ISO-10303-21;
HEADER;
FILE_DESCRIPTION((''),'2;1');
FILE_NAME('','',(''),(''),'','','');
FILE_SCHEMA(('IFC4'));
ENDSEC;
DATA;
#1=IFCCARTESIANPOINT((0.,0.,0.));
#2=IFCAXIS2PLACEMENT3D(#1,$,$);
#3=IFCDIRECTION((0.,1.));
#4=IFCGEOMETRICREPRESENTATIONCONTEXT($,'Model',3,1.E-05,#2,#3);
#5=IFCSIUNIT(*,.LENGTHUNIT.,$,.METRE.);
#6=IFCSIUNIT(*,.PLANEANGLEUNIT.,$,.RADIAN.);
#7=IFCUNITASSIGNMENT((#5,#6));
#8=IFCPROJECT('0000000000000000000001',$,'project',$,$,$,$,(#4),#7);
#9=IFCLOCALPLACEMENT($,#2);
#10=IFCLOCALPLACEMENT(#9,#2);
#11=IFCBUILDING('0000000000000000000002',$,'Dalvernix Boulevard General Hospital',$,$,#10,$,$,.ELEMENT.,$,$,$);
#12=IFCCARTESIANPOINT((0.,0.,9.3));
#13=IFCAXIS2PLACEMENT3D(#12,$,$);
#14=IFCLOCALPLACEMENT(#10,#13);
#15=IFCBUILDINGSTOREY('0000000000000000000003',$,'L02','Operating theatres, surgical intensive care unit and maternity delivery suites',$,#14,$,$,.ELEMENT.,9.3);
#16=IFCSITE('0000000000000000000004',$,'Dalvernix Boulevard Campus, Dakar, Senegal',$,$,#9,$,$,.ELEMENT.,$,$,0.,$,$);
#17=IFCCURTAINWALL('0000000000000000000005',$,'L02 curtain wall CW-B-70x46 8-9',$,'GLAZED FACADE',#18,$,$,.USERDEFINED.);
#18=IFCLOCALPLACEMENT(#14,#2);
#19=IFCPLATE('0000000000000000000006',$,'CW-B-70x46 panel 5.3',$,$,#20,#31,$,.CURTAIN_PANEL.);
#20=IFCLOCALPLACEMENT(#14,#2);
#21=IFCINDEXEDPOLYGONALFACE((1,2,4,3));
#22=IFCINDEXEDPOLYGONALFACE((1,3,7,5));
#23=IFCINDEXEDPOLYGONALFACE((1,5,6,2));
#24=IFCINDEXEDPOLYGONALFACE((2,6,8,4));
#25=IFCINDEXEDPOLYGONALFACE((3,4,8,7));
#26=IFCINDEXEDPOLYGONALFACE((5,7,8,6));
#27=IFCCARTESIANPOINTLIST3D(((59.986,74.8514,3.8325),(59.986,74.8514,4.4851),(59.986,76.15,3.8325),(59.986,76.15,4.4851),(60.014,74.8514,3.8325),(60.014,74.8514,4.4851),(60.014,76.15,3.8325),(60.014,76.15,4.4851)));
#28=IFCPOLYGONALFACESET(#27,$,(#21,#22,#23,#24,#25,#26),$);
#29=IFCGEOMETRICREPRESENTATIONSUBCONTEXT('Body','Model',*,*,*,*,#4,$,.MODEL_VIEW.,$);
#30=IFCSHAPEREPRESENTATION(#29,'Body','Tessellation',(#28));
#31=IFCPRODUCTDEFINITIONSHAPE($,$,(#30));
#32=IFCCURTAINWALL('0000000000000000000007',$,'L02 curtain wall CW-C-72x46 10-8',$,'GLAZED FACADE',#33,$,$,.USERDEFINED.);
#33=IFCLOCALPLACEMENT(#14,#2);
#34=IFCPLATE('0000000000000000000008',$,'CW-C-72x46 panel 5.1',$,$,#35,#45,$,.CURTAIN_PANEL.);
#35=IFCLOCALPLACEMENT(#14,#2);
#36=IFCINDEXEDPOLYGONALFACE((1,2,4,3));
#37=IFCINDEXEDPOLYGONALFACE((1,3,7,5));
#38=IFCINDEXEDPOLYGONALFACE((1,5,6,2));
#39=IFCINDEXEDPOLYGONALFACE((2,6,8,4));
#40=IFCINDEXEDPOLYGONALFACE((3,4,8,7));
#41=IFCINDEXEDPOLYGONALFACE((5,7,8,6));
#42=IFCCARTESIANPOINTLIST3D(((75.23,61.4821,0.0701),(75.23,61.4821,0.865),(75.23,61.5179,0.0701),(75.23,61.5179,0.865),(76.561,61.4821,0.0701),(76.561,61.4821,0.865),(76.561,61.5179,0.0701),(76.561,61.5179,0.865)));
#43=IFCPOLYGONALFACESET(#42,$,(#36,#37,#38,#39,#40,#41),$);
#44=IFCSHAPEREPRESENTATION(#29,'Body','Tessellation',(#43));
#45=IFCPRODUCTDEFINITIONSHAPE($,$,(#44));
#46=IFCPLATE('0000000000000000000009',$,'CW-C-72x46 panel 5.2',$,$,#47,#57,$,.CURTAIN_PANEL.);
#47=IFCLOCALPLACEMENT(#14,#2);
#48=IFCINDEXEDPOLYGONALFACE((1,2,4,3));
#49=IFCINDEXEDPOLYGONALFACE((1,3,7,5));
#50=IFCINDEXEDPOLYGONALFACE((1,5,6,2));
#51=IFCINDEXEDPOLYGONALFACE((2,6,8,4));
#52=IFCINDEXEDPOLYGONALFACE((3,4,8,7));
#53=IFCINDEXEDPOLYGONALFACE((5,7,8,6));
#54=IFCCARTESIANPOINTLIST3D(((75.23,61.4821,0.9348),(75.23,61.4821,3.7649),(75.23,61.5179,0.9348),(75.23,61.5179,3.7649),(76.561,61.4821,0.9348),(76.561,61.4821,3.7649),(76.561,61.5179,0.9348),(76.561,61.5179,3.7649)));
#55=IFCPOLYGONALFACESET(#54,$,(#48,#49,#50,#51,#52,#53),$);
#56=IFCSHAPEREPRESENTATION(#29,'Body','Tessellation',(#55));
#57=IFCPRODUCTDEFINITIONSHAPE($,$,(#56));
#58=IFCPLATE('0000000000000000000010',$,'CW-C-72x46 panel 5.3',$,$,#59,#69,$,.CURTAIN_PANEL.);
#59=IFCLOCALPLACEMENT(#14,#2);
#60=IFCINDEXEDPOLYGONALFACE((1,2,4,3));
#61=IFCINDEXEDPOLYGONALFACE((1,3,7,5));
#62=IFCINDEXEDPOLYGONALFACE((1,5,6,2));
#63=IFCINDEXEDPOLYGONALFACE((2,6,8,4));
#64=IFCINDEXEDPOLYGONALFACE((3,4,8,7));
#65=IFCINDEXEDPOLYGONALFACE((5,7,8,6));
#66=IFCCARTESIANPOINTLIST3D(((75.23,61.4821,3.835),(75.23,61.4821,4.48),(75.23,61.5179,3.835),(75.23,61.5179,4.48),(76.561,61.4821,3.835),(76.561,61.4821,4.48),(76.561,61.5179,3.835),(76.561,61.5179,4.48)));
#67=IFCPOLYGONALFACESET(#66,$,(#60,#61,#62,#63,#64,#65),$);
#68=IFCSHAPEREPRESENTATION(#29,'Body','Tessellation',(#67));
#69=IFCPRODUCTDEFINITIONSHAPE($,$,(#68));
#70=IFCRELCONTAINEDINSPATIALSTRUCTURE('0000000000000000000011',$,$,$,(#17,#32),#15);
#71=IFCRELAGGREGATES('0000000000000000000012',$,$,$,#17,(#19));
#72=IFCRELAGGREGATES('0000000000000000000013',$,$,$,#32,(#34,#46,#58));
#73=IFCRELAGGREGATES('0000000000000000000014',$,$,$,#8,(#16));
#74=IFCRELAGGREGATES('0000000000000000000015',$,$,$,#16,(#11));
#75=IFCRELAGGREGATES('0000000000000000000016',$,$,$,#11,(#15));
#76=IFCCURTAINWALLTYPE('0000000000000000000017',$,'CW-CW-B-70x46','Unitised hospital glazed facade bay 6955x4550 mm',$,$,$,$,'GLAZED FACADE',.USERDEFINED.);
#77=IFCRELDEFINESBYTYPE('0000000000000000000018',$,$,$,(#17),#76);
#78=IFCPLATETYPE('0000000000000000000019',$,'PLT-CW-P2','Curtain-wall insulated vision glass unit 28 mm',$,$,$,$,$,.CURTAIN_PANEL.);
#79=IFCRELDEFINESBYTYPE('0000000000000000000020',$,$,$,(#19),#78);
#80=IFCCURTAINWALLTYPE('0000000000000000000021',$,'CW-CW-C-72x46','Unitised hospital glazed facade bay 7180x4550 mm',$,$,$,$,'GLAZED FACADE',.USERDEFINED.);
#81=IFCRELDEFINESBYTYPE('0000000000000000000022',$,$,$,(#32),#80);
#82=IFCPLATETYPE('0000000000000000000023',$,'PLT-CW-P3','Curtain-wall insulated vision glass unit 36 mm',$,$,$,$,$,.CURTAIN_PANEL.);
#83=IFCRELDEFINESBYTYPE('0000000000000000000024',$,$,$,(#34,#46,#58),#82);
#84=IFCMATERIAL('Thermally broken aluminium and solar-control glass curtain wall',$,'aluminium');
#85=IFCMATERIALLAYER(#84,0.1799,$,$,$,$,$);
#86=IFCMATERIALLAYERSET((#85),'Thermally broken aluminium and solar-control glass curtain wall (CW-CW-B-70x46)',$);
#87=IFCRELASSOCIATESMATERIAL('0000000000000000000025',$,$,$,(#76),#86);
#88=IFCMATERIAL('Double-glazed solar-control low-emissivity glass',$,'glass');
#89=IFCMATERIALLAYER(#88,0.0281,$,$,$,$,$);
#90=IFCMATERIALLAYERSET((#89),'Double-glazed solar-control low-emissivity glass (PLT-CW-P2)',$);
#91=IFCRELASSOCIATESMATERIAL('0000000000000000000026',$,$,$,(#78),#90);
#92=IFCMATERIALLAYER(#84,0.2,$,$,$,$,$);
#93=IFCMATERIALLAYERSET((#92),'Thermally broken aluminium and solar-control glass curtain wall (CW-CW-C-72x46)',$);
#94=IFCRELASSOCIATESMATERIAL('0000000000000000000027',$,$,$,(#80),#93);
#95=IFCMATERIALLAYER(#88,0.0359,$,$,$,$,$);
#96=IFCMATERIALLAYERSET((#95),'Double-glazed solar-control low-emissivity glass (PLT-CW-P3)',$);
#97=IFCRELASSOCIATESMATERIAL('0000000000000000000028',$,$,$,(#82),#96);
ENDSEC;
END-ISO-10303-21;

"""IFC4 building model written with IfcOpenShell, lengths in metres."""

from ifc_helpers import new_model, si_unit, direction, frame, origin, origin_2d, place, context, subcontext, project, spatial, rectangle, extrude, material, layer, layer_set, type_object, element, aggregate, save


model = new_model("IFC4")

# Units and contexts
model_context = context("Model", 3, precision=1e-05, world=origin(), true_north=direction((0.0, 1.0)))
body_context = subcontext(model_context, "Body", "Model", "MODEL_VIEW")
ifc_project = project(units=[si_unit("LENGTHUNIT", "METRE"), si_unit("PLANEANGLEUNIT", "RADIAN")], contexts=[model_context])

# Site, building, storey
site_placement = place(None, origin())
site = spatial("IfcSite", under=ifc_project, at=site_placement, Name="Dalvernix Boulevard Campus, Dakar, Senegal", CompositionType="ELEMENT", RefElevation=0.0)
building_placement = place(site_placement, origin())
building = spatial("IfcBuilding", under=site, at=building_placement, Name="Dalvernix Boulevard General Hospital", CompositionType="ELEMENT")
storey_placement = place(building_placement, frame((0.0, 0.0, 9.3)))
storey = spatial("IfcBuildingStorey", under=building, at=storey_placement, Name="L02", Description="Operating theatres, surgical intensive care unit and maternity delivery suites", CompositionType="ELEMENT", Elevation=9.3)

# Curtain wall
ifc_material_1 = material(Name="Thermally broken aluminium and solar-control glass curtain wall", Category="aluminium")
ifc_layer_1 = layer(ifc_material_1, 0.1799)
ifc_layer_set_1 = layer_set([ifc_layer_1], Name="Thermally broken aluminium and solar-control glass curtain wall (CW-CW-B-70x46)")
curtain_wall_type_1 = type_object("IfcCurtainWallType", Name="CW-CW-B-70x46", Description="Unitised hospital glazed facade bay 6955x4550 mm", ElementType="GLAZED FACADE", PredefinedType="USERDEFINED", material=ifc_layer_set_1)
curtain_wall_1_placement = place(storey_placement, origin())
curtain_wall_1 = element("IfcCurtainWall", 1, at=curtain_wall_1_placement, inside=storey, type_object=curtain_wall_type_1, Name="L02 curtain wall CW-B-70x46 8-9", ObjectType="GLAZED FACADE", PredefinedType="USERDEFINED")

# Plate
ifc_material_2 = material(Name="Double-glazed solar-control low-emissivity glass", Category="glass")
ifc_layer_2 = layer(ifc_material_2, 0.0281)
ifc_layer_set_2 = layer_set([ifc_layer_2], Name="Double-glazed solar-control low-emissivity glass (PLT-CW-P2)")
plate_type_1 = type_object("IfcPlateType", Name="PLT-CW-P2", Description="Curtain-wall insulated vision glass unit 28 mm", PredefinedType="CURTAIN_PANEL", material=ifc_layer_set_2)
plate_1_placement = place(storey_placement, frame((60.0, 75.5007, 3.8325), z_axis=(0.0, 0.0, 1.0), x_axis=(0.0, 1.0, 0.0)))
plate_1 = element("IfcPlate", 2, at=plate_1_placement, type_object=plate_type_1, Name="CW-B-70x46 panel 5.3", PredefinedType="CURTAIN_PANEL", context=body_context, shape_type="SweptSolid", body=[
    extrude(rectangle(XDim=1.2986, YDim=0.0281, at=origin_2d()), origin(), (0.0, 0.0, 1.0), 0.6526),
])
aggregate(curtain_wall_1, [plate_1])

# Curtain wall, plates
ifc_layer_3 = layer(ifc_material_1, 0.2)
ifc_layer_set_3 = layer_set([ifc_layer_3], Name="Thermally broken aluminium and solar-control glass curtain wall (CW-CW-C-72x46)")
curtain_wall_type_2 = type_object("IfcCurtainWallType", Name="CW-CW-C-72x46", Description="Unitised hospital glazed facade bay 7180x4550 mm", ElementType="GLAZED FACADE", PredefinedType="USERDEFINED", material=ifc_layer_set_3)
curtain_wall_2_placement = place(storey_placement, origin())
curtain_wall_2 = element("IfcCurtainWall", 3, at=curtain_wall_2_placement, inside=storey, type_object=curtain_wall_type_2, Name="L02 curtain wall CW-C-72x46 10-8", ObjectType="GLAZED FACADE", PredefinedType="USERDEFINED")
ifc_layer_4 = layer(ifc_material_2, 0.0359)
ifc_layer_set_4 = layer_set([ifc_layer_4], Name="Double-glazed solar-control low-emissivity glass (PLT-CW-P3)")
plate_type_2 = type_object("IfcPlateType", Name="PLT-CW-P3", Description="Curtain-wall insulated vision glass unit 36 mm", PredefinedType="CURTAIN_PANEL", material=ifc_layer_set_4)
plate_2_placement = place(storey_placement, frame((75.8955, 61.5, 0.0701), z_axis=(0.0, 0.0, 1.0), x_axis=(-1.0, 0.0, 0.0)))
plate_2 = element("IfcPlate", 4, at=plate_2_placement, type_object=plate_type_2, Name="CW-C-72x46 panel 5.1", PredefinedType="CURTAIN_PANEL", context=body_context, shape_type="SweptSolid", body=[
    extrude(rectangle(XDim=1.3311, YDim=0.0359, at=origin_2d()), origin(), (0.0, 0.0, 1.0), 0.7949),
])
plate_3_placement = place(storey_placement, frame((75.8955, 61.5, 0.9348), z_axis=(0.0, 0.0, 1.0), x_axis=(-1.0, 0.0, 0.0)))
plate_3 = element("IfcPlate", 5, at=plate_3_placement, type_object=plate_type_2, Name="CW-C-72x46 panel 5.2", PredefinedType="CURTAIN_PANEL", context=body_context, shape_type="SweptSolid", body=[
    extrude(rectangle(XDim=1.3311, YDim=0.0359, at=origin_2d()), origin(), (0.0, 0.0, 1.0), 2.8301),
])
plate_4_placement = place(storey_placement, frame((75.8955, 61.5, 3.835), z_axis=(0.0, 0.0, 1.0), x_axis=(-1.0, 0.0, 0.0)))
plate_4 = element("IfcPlate", 6, at=plate_4_placement, type_object=plate_type_2, Name="CW-C-72x46 panel 5.3", PredefinedType="CURTAIN_PANEL", context=body_context, shape_type="SweptSolid", body=[
    extrude(rectangle(XDim=1.3311, YDim=0.0359, at=origin_2d()), origin(), (0.0, 0.0, 1.0), 0.645),
])
aggregate(curtain_wall_2, [plate_2, plate_3, plate_4])

save(model, "model.ifc")
